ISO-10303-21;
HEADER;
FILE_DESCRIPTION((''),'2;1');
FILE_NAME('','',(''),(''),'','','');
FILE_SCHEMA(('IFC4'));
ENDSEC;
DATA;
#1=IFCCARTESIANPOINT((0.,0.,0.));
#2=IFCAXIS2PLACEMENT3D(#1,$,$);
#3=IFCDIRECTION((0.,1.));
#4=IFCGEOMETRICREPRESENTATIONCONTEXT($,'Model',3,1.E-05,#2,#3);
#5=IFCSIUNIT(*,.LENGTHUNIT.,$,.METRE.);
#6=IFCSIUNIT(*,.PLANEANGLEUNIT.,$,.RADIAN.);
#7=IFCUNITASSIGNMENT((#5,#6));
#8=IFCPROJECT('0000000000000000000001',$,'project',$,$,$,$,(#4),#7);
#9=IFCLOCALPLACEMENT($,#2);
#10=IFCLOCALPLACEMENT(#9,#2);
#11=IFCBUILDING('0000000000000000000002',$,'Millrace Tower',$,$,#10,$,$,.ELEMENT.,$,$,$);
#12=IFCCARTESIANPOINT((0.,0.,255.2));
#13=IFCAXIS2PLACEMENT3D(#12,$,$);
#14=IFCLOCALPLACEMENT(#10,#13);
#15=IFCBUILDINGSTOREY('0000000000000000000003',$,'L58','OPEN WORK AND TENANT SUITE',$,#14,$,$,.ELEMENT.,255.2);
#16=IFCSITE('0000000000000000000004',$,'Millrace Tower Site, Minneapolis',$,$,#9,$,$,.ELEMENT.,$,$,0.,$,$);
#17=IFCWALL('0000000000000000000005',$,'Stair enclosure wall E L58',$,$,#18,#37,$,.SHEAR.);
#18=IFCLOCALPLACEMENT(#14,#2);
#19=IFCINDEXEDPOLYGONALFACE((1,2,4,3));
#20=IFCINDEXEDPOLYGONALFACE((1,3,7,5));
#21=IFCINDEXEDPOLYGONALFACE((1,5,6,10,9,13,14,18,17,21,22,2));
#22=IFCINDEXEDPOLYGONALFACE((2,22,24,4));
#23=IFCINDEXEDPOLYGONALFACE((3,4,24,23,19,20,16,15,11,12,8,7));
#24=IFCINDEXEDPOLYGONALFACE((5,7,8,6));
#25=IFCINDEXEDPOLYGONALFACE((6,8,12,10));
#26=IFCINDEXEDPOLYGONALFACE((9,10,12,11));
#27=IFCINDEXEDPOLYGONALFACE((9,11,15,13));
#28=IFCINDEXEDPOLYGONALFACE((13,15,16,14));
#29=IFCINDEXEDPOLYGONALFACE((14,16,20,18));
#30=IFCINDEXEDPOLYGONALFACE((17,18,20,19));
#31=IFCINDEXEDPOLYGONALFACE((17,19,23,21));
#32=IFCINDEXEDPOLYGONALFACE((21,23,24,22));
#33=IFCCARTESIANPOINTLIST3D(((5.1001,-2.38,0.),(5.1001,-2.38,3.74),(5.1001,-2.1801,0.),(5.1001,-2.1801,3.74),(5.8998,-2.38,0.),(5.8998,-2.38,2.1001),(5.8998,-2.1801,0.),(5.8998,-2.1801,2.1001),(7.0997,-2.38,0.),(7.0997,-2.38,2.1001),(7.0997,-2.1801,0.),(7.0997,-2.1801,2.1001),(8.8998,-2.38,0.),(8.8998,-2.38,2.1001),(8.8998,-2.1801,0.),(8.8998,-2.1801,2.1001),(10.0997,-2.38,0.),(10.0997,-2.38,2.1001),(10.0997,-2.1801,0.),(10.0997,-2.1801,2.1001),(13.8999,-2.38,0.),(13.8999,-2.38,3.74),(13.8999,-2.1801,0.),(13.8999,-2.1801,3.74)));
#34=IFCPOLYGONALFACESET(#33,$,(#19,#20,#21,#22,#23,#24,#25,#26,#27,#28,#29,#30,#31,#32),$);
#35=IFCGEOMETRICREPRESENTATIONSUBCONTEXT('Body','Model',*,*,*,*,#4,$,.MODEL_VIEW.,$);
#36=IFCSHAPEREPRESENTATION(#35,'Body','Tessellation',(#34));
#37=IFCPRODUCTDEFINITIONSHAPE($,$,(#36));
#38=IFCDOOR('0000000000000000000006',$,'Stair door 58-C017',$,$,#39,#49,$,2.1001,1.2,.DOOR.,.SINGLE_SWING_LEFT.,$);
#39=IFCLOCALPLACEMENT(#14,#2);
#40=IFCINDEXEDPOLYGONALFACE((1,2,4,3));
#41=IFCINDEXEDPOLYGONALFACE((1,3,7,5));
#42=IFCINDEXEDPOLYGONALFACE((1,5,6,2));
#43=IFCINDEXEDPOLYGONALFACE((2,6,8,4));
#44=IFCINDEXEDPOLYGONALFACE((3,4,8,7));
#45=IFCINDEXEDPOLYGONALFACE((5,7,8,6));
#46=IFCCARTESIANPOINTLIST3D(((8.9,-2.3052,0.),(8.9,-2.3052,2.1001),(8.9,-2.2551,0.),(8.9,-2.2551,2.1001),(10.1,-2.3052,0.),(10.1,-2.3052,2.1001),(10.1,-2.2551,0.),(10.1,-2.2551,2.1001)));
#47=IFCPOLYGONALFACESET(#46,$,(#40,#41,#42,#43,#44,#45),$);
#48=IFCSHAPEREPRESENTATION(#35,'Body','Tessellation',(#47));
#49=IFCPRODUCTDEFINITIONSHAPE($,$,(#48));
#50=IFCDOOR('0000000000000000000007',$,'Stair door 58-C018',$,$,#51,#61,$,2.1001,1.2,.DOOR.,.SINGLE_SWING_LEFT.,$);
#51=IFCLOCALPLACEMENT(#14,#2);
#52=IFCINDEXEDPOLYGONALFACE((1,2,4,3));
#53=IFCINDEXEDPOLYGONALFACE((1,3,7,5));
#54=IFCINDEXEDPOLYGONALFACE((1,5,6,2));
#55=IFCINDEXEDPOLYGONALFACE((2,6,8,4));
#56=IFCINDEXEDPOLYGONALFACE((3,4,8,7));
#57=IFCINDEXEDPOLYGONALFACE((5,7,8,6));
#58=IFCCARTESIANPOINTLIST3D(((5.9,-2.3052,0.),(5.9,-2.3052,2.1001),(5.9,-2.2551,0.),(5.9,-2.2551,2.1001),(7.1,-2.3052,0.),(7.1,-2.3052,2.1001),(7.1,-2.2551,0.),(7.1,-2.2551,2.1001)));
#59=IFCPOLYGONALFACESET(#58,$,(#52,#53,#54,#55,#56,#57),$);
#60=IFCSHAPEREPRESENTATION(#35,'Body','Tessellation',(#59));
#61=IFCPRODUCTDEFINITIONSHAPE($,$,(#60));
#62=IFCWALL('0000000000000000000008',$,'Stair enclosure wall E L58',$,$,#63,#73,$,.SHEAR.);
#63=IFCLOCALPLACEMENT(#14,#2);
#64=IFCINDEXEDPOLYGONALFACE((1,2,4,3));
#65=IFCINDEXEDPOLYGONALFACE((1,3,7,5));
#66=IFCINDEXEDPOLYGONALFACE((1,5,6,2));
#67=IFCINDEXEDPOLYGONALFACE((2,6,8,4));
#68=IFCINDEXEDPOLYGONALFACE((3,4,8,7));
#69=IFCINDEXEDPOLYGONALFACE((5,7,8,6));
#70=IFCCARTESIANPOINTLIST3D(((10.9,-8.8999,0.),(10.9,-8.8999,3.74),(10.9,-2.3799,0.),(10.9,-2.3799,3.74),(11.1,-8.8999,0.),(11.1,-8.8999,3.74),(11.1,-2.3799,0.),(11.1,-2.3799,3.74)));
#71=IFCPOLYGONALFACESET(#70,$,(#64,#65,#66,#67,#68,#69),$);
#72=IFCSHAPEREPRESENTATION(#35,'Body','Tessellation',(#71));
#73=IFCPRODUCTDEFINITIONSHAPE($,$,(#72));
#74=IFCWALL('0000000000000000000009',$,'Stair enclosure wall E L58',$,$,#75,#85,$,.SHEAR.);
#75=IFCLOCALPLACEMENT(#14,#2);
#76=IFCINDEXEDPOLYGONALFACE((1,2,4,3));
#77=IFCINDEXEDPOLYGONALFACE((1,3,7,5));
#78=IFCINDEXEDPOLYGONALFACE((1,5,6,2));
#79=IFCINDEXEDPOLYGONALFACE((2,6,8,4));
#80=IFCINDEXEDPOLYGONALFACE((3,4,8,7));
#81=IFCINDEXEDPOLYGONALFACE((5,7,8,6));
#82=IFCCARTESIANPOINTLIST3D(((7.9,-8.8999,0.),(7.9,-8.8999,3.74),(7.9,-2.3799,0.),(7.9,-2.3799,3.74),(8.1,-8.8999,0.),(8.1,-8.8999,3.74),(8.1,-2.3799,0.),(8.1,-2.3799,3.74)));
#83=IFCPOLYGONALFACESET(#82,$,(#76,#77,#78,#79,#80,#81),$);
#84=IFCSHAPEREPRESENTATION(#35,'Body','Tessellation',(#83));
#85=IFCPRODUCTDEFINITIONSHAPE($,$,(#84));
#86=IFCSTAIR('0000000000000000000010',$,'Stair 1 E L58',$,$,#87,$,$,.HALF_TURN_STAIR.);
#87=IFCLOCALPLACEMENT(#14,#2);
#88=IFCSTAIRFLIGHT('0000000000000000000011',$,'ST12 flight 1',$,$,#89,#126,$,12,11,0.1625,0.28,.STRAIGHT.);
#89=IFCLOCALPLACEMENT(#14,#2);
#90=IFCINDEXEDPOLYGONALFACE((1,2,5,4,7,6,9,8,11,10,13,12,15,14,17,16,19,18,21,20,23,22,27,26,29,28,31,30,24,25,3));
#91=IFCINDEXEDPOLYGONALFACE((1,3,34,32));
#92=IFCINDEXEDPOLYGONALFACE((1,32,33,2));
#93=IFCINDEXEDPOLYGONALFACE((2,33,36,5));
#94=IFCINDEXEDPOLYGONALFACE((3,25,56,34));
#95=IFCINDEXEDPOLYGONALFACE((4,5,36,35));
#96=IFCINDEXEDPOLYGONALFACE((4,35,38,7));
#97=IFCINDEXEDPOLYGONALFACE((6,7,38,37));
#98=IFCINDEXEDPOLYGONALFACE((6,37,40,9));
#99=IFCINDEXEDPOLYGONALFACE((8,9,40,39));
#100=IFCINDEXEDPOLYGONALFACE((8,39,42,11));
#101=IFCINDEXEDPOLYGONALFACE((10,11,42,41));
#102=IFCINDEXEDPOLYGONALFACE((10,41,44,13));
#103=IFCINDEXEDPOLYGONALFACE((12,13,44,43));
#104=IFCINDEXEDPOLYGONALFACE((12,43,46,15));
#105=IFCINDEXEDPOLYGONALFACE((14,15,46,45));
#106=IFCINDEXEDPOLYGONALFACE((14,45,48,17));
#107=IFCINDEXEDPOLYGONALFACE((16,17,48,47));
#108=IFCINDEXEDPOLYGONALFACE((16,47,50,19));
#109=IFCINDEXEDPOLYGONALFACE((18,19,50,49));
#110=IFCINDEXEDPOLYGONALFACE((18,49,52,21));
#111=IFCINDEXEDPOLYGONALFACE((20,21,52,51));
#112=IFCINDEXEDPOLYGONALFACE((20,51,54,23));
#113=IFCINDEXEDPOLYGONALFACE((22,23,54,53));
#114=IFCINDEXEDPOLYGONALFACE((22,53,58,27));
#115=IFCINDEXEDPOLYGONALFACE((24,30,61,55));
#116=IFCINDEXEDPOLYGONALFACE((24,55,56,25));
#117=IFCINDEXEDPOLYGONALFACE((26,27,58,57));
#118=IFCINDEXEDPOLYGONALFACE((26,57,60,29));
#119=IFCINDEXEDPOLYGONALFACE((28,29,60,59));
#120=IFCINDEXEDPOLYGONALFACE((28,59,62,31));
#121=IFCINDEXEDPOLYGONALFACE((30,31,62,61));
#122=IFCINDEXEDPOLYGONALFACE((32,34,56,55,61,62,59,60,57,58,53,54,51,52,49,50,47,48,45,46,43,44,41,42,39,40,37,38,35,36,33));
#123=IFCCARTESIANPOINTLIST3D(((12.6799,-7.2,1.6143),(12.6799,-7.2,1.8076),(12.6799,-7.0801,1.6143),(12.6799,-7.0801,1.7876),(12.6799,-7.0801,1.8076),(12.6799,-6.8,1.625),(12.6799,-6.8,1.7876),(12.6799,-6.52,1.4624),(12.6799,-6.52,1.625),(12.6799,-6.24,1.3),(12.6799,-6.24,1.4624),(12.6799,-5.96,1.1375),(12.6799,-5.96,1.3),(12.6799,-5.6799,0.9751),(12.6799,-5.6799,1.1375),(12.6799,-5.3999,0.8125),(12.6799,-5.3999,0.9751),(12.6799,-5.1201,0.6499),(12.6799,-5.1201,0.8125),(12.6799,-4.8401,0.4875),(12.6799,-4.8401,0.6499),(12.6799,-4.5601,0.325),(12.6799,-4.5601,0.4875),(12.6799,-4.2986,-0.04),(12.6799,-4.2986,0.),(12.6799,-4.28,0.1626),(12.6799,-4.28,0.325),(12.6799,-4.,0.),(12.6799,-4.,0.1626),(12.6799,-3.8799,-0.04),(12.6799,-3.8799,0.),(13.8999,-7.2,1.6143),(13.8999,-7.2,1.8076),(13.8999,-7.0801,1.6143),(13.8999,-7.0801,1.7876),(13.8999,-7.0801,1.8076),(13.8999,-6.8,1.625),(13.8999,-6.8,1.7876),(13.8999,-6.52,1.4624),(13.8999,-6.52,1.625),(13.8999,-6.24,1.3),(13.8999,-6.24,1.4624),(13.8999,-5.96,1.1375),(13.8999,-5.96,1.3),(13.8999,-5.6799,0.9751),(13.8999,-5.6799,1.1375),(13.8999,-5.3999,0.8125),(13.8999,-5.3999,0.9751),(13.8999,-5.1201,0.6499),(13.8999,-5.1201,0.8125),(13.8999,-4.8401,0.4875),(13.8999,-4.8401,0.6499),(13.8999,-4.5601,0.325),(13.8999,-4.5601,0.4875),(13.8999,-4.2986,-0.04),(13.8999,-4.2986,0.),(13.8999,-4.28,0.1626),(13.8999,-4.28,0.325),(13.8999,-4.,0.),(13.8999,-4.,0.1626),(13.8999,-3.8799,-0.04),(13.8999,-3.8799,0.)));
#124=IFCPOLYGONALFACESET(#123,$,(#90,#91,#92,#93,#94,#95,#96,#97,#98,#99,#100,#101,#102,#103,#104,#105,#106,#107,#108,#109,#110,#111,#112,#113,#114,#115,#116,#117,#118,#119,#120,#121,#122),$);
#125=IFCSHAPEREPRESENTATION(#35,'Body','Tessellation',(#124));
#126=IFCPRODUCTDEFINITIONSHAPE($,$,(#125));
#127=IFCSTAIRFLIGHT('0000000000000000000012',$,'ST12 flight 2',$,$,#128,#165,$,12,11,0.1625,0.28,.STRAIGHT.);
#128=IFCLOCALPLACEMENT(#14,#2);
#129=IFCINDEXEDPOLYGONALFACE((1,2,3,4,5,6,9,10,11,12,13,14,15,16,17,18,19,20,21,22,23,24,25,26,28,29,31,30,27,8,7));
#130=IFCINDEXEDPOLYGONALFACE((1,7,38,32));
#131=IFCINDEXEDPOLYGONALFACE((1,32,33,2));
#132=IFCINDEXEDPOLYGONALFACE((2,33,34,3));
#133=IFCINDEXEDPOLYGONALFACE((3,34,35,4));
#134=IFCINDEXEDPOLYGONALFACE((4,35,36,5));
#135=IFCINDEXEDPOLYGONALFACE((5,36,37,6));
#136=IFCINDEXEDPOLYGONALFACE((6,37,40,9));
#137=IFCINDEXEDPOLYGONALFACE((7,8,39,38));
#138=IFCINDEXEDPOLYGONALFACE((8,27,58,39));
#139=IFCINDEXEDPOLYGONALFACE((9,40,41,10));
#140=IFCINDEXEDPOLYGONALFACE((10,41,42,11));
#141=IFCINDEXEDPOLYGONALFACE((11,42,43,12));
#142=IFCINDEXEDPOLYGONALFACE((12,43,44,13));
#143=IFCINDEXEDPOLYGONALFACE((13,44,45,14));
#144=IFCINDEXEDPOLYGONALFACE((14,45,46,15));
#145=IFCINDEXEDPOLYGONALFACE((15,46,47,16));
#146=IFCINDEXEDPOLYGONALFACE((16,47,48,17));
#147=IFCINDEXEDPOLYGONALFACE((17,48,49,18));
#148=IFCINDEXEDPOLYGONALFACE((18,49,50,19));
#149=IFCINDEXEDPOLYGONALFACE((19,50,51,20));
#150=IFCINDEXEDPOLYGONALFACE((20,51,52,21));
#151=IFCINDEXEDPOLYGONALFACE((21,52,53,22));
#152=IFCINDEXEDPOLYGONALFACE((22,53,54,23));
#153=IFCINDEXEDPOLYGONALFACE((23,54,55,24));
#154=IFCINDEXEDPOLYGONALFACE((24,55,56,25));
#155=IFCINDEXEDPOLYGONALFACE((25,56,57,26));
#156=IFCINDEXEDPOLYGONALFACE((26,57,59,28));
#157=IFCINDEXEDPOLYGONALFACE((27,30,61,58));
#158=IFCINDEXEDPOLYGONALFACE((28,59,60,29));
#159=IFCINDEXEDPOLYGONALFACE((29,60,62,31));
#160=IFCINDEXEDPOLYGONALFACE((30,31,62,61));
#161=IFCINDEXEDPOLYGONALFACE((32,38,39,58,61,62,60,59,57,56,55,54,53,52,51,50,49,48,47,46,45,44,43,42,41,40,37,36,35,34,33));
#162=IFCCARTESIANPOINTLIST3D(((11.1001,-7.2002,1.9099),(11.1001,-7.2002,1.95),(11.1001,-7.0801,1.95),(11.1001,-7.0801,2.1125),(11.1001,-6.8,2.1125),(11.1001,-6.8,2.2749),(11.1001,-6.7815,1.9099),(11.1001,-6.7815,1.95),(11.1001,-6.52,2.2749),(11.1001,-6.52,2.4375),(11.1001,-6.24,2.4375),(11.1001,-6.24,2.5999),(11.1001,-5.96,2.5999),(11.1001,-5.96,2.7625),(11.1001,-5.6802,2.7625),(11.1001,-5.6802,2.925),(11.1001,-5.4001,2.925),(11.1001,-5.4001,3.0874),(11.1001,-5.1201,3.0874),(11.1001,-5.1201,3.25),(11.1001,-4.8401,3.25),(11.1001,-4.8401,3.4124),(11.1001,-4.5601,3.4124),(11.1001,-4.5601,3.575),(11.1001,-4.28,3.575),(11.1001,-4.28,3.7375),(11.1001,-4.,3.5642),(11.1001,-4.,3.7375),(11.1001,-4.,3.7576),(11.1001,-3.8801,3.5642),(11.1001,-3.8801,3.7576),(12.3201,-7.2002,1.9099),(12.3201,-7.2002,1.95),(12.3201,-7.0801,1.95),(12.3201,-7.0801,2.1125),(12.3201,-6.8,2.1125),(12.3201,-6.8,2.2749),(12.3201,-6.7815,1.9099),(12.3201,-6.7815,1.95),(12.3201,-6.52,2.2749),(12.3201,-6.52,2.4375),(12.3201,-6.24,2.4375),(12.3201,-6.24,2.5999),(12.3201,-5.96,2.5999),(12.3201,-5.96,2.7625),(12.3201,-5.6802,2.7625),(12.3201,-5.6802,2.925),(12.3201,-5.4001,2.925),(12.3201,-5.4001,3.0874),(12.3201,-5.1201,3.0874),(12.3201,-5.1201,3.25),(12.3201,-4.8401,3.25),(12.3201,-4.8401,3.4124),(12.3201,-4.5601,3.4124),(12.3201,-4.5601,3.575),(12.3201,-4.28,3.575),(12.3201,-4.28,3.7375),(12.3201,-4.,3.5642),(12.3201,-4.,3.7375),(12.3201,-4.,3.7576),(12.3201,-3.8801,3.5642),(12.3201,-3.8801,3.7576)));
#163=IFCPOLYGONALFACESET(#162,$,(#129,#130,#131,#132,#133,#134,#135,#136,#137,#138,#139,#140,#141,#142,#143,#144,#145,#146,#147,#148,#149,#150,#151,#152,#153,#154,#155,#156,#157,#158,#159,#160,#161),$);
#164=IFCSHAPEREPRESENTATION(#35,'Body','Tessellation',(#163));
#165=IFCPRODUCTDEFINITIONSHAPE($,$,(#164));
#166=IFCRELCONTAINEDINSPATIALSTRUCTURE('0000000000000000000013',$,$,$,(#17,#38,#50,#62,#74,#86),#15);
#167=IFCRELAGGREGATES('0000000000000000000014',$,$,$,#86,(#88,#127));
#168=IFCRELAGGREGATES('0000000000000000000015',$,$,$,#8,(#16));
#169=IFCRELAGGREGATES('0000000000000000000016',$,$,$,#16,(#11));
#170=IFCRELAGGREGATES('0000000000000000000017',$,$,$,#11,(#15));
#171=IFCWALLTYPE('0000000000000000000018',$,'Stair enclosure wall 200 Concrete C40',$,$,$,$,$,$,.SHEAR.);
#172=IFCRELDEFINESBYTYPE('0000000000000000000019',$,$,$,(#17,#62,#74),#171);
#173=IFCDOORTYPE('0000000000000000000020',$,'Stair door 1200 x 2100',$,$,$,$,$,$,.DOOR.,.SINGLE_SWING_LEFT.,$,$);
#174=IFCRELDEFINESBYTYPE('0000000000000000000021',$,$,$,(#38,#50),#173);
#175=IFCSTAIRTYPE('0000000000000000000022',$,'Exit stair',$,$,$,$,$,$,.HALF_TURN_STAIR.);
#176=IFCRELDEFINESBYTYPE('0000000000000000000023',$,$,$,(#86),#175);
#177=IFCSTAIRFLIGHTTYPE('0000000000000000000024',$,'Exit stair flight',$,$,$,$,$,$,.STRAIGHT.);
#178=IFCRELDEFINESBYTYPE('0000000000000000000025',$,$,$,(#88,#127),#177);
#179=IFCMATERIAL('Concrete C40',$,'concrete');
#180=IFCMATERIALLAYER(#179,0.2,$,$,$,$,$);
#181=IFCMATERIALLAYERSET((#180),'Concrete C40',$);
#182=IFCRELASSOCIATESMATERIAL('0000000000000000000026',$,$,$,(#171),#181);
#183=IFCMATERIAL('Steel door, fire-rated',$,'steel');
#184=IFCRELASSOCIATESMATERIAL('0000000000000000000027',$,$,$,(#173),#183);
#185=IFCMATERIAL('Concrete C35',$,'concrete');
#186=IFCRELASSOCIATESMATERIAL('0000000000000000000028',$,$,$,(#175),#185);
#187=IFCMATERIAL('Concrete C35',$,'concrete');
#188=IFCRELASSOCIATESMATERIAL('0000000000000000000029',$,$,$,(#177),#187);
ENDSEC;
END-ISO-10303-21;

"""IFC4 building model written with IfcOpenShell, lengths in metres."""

from ifc_helpers import new_model, si_unit, direction, frame, frame_2d, origin, place, context, subcontext, project, spatial, polyline, rectangle, outline, extrude, material, layer, layer_set, type_object, element, fill, aggregate, save


model = new_model("IFC4")

# Units and contexts
model_context = context("Model", 3, precision=1e-05, world=origin(), true_north=direction((0.0, 1.0)))
body_context = subcontext(model_context, "Body", "Model", "MODEL_VIEW")
ifc_project = project(units=[si_unit("LENGTHUNIT", "METRE"), si_unit("PLANEANGLEUNIT", "RADIAN")], contexts=[model_context])

# Site, building, storey
site_placement = place(None, origin())
site = spatial("IfcSite", under=ifc_project, at=site_placement, Name="Millrace Tower Site, Minneapolis", CompositionType="ELEMENT", RefElevation=0.0)
building_placement = place(site_placement, origin())
building = spatial("IfcBuilding", under=site, at=building_placement, Name="Millrace Tower", CompositionType="ELEMENT")
storey_placement = place(building_placement, frame((0.0, 0.0, 255.2)))
storey = spatial("IfcBuildingStorey", under=building, at=storey_placement, Name="L58", Description="OPEN WORK AND TENANT SUITE", CompositionType="ELEMENT", Elevation=255.2)

# Shared definitions
placement = place(storey_placement, origin())

# Shared definitions
ifc_material_1 = material(Name="Concrete C40", Category="concrete")
ifc_layer_1 = layer(ifc_material_1, 0.2)
ifc_layer_set_1 = layer_set([ifc_layer_1], Name="Concrete C40")
wall_type_1 = type_object("IfcWallType", Name="Stair enclosure wall 200 Concrete C40", PredefinedType="SHEAR", material=ifc_layer_set_1)

# Wall, openings, doors
wall_1_placement = place(storey_placement, frame((13.8999, -2.28, 0.0), z_axis=(0.0, 0.0, 1.0), x_axis=(-1.0, 0.0, 0.0)))
wall_1 = element("IfcWall", 1, at=wall_1_placement, inside=storey, type_object=wall_type_1, Name="Stair enclosure wall E L58", PredefinedType="SHEAR", context=body_context, shape_type="SweptSolid", body=[
    extrude(rectangle(XDim=8.7998, YDim=0.2, at=frame_2d((4.3999, 0.0))), origin(), (0.0, 0.0, 1.0), 3.74),
])
opening_1_placement = place(wall_1_placement, frame((3.8, 0.0, 0.0)))
opening_1 = element("IfcOpeningElement", 2, at=opening_1_placement, cuts=wall_1, PredefinedType="OPENING", context=body_context, shape_type="SweptSolid", body=[
    extrude(rectangle(XDim=1.2, YDim=2.1001, at=frame_2d((0.6001, 1.05))), frame((0.0, 0.1099, 0.0), z_axis=(0.0, -1.0, 0.0), x_axis=(1.0, 0.0, 0.0)), (0.0, 0.0, 1.0), 0.22),
])
opening_2_placement = place(wall_1_placement, frame((6.8, 0.0, 0.0)))
opening_2 = element("IfcOpeningElement", 3, at=opening_2_placement, cuts=wall_1, PredefinedType="OPENING", context=body_context, shape_type="SweptSolid", body=[
    extrude(rectangle(XDim=1.2, YDim=2.1001, at=frame_2d((0.6001, 1.05))), frame((0.0, 0.1099, 0.0), z_axis=(0.0, -1.0, 0.0), x_axis=(1.0, 0.0, 0.0)), (0.0, 0.0, 1.0), 0.22),
])
ifc_material_2 = material(Name="Steel door, fire-rated", Category="steel")
door_type_1 = type_object("IfcDoorType", Name="Stair door 1200 x 2100", OperationType="SINGLE_SWING_LEFT", PredefinedType="DOOR", material=ifc_material_2)
door_1_placement = place(opening_1_placement, frame((1.2, 0.0, 0.0), z_axis=(0.0, 0.0, 1.0), x_axis=(-1.0, 0.0, 0.0)))
door_1 = element("IfcDoor", 4, at=door_1_placement, inside=storey, type_object=door_type_1, Name="Stair door 58-C017", OperationType="SINGLE_SWING_LEFT", OverallHeight=2.1001, OverallWidth=1.2, PredefinedType="DOOR", context=body_context, shape_type="SweptSolid", body=[
    extrude(rectangle(XDim=1.2, YDim=2.1001, at=frame_2d((0.6001, 1.05))), frame((0.0, 0.0249, 0.0), z_axis=(0.0, -1.0, 0.0), x_axis=(1.0, 0.0, 0.0)), (0.0, 0.0, 1.0), 0.05),
])
fill(opening_1, door_1)
door_2_placement = place(opening_2_placement, frame((1.2, 0.0, 0.0), z_axis=(0.0, 0.0, 1.0), x_axis=(-1.0, 0.0, 0.0)))
door_2 = element("IfcDoor", 5, at=door_2_placement, inside=storey, type_object=door_type_1, Name="Stair door 58-C018", OperationType="SINGLE_SWING_LEFT", OverallHeight=2.1001, OverallWidth=1.2, PredefinedType="DOOR", context=body_context, shape_type="SweptSolid", body=[
    extrude(rectangle(XDim=1.2, YDim=2.1001, at=frame_2d((0.6001, 1.05))), frame((0.0, 0.0249, 0.0), z_axis=(0.0, -1.0, 0.0), x_axis=(1.0, 0.0, 0.0)), (0.0, 0.0, 1.0), 0.05),
])
fill(opening_2, door_2)

# Walls
for number, where, z_axis, x_axis, name in (
    (6, (11.0, -2.3799, 0.0), (0.0, 0.0, 1.0), (0.0, -1.0, 0.0), "Stair enclosure wall E L58"),
    (7, (8.0, -2.3799, 0.0), (0.0, 0.0, 1.0), (0.0, -1.0, 0.0), "Stair enclosure wall E L58"),
):
    element("IfcWall", number, at=place(storey_placement, frame(where, z_axis=z_axis, x_axis=x_axis)), inside=storey, type_object=wall_type_1, Name=name, PredefinedType="SHEAR", context=body_context, shape_type="SweptSolid", body=[
        extrude(rectangle(XDim=6.52, YDim=0.2, at=frame_2d((3.26, 0.0))), origin(), (0.0, 0.0, 1.0), 3.74),
    ])

# Stair, stair flights
ifc_material_3 = material(Name="Concrete C35", Category="concrete")
stair_type = type_object("IfcStairType", Name="Exit stair", PredefinedType="HALF_TURN_STAIR", material=ifc_material_3)
stair_1 = element("IfcStair", 8, at=placement, inside=storey, type_object=stair_type, Name="Stair 1 E L58", PredefinedType="HALF_TURN_STAIR")
ifc_material_4 = material(Name="Concrete C35", Category="concrete")
stair_flight_type = type_object("IfcStairFlightType", Name="Exit stair flight", PredefinedType="STRAIGHT", material=ifc_material_4)
stair_flight_1_placement = place(storey_placement, frame((13.29, -4.0, 0.0), z_axis=(0.0, 0.0, 1.0), x_axis=(0.0, -1.0, 0.0)))
stair_flight_1 = element("IfcStairFlight", 9, at=stair_flight_1_placement, type_object=stair_flight_type, Name="ST12 flight 1", NumberOfRisers=12, NumberOfTreads=11, PredefinedType="STRAIGHT", RiserHeight=0.1625, TreadLength=0.28, context=body_context, shape_type="SweptSolid", body=[
    extrude(outline(polyline([(-0.1201, -0.04), (-0.1201, 0.0), (0.0, 0.0), (0.0, 0.1626), (0.28, 0.1626), (0.28, 0.325), (0.5601, 0.325), (0.5601, 0.4875), (0.8401, 0.4875), (0.8401, 0.6499), (1.1201, 0.6499), (1.1201, 0.8125), (1.3999, 0.8125), (1.3999, 0.9751), (1.6799, 0.9751), (1.6799, 1.1375), (1.96, 1.1375), (1.96, 1.3), (2.24, 1.3), (2.24, 1.4624), (2.52, 1.4624), (2.52, 1.625), (2.8, 1.625), (2.8, 1.7876), (3.0801, 1.7876), (3.0801, 1.8076), (3.2, 1.8076), (3.2, 1.6143), (3.0801, 1.6143), (0.2986, 0.0), (0.2986, -0.04), (-0.1201, -0.04)])), frame((0.0, 0.6099, 0.0), z_axis=(0.0, -1.0, 0.0), x_axis=(1.0, 0.0, 0.0)), (0.0, 0.0, 1.0), 1.22),
])
stair_flight_2_placement = place(storey_placement, frame((11.71, -7.0801, 1.95), z_axis=(0.0, 0.0, 1.0), x_axis=(0.0, 1.0, 0.0)))
stair_flight_2 = element("IfcStairFlight", 10, at=stair_flight_2_placement, type_object=stair_flight_type, Name="ST12 flight 2", NumberOfRisers=12, NumberOfTreads=11, PredefinedType="STRAIGHT", RiserHeight=0.1625, TreadLength=0.28, context=body_context, shape_type="SweptSolid", body=[
    extrude(outline(polyline([(-0.1201, -0.04), (-0.1201, 0.0), (0.0, 0.0), (0.0, 0.1626), (0.28, 0.1626), (0.28, 0.325), (0.5601, 0.325), (0.5601, 0.4875), (0.8401, 0.4875), (0.8401, 0.6499), (1.1201, 0.6499), (1.1201, 0.8125), (1.3999, 0.8125), (1.3999, 0.9751), (1.6799, 0.9751), (1.6799, 1.1375), (1.96, 1.1375), (1.96, 1.3), (2.24, 1.3), (2.24, 1.4624), (2.52, 1.4624), (2.52, 1.625), (2.8, 1.625), (2.8, 1.7876), (3.0801, 1.7876), (3.0801, 1.8076), (3.2, 1.8076), (3.2, 1.6143), (3.0801, 1.6143), (0.2986, 0.0), (0.2986, -0.04), (-0.1201, -0.04)])), frame((0.0, 0.6099, 0.0), z_axis=(0.0, -1.0, 0.0), x_axis=(1.0, 0.0, 0.0)), (0.0, 0.0, 1.0), 1.22),
])
aggregate(stair_1, [stair_flight_1, stair_flight_2])

save(model, "model.ifc")
